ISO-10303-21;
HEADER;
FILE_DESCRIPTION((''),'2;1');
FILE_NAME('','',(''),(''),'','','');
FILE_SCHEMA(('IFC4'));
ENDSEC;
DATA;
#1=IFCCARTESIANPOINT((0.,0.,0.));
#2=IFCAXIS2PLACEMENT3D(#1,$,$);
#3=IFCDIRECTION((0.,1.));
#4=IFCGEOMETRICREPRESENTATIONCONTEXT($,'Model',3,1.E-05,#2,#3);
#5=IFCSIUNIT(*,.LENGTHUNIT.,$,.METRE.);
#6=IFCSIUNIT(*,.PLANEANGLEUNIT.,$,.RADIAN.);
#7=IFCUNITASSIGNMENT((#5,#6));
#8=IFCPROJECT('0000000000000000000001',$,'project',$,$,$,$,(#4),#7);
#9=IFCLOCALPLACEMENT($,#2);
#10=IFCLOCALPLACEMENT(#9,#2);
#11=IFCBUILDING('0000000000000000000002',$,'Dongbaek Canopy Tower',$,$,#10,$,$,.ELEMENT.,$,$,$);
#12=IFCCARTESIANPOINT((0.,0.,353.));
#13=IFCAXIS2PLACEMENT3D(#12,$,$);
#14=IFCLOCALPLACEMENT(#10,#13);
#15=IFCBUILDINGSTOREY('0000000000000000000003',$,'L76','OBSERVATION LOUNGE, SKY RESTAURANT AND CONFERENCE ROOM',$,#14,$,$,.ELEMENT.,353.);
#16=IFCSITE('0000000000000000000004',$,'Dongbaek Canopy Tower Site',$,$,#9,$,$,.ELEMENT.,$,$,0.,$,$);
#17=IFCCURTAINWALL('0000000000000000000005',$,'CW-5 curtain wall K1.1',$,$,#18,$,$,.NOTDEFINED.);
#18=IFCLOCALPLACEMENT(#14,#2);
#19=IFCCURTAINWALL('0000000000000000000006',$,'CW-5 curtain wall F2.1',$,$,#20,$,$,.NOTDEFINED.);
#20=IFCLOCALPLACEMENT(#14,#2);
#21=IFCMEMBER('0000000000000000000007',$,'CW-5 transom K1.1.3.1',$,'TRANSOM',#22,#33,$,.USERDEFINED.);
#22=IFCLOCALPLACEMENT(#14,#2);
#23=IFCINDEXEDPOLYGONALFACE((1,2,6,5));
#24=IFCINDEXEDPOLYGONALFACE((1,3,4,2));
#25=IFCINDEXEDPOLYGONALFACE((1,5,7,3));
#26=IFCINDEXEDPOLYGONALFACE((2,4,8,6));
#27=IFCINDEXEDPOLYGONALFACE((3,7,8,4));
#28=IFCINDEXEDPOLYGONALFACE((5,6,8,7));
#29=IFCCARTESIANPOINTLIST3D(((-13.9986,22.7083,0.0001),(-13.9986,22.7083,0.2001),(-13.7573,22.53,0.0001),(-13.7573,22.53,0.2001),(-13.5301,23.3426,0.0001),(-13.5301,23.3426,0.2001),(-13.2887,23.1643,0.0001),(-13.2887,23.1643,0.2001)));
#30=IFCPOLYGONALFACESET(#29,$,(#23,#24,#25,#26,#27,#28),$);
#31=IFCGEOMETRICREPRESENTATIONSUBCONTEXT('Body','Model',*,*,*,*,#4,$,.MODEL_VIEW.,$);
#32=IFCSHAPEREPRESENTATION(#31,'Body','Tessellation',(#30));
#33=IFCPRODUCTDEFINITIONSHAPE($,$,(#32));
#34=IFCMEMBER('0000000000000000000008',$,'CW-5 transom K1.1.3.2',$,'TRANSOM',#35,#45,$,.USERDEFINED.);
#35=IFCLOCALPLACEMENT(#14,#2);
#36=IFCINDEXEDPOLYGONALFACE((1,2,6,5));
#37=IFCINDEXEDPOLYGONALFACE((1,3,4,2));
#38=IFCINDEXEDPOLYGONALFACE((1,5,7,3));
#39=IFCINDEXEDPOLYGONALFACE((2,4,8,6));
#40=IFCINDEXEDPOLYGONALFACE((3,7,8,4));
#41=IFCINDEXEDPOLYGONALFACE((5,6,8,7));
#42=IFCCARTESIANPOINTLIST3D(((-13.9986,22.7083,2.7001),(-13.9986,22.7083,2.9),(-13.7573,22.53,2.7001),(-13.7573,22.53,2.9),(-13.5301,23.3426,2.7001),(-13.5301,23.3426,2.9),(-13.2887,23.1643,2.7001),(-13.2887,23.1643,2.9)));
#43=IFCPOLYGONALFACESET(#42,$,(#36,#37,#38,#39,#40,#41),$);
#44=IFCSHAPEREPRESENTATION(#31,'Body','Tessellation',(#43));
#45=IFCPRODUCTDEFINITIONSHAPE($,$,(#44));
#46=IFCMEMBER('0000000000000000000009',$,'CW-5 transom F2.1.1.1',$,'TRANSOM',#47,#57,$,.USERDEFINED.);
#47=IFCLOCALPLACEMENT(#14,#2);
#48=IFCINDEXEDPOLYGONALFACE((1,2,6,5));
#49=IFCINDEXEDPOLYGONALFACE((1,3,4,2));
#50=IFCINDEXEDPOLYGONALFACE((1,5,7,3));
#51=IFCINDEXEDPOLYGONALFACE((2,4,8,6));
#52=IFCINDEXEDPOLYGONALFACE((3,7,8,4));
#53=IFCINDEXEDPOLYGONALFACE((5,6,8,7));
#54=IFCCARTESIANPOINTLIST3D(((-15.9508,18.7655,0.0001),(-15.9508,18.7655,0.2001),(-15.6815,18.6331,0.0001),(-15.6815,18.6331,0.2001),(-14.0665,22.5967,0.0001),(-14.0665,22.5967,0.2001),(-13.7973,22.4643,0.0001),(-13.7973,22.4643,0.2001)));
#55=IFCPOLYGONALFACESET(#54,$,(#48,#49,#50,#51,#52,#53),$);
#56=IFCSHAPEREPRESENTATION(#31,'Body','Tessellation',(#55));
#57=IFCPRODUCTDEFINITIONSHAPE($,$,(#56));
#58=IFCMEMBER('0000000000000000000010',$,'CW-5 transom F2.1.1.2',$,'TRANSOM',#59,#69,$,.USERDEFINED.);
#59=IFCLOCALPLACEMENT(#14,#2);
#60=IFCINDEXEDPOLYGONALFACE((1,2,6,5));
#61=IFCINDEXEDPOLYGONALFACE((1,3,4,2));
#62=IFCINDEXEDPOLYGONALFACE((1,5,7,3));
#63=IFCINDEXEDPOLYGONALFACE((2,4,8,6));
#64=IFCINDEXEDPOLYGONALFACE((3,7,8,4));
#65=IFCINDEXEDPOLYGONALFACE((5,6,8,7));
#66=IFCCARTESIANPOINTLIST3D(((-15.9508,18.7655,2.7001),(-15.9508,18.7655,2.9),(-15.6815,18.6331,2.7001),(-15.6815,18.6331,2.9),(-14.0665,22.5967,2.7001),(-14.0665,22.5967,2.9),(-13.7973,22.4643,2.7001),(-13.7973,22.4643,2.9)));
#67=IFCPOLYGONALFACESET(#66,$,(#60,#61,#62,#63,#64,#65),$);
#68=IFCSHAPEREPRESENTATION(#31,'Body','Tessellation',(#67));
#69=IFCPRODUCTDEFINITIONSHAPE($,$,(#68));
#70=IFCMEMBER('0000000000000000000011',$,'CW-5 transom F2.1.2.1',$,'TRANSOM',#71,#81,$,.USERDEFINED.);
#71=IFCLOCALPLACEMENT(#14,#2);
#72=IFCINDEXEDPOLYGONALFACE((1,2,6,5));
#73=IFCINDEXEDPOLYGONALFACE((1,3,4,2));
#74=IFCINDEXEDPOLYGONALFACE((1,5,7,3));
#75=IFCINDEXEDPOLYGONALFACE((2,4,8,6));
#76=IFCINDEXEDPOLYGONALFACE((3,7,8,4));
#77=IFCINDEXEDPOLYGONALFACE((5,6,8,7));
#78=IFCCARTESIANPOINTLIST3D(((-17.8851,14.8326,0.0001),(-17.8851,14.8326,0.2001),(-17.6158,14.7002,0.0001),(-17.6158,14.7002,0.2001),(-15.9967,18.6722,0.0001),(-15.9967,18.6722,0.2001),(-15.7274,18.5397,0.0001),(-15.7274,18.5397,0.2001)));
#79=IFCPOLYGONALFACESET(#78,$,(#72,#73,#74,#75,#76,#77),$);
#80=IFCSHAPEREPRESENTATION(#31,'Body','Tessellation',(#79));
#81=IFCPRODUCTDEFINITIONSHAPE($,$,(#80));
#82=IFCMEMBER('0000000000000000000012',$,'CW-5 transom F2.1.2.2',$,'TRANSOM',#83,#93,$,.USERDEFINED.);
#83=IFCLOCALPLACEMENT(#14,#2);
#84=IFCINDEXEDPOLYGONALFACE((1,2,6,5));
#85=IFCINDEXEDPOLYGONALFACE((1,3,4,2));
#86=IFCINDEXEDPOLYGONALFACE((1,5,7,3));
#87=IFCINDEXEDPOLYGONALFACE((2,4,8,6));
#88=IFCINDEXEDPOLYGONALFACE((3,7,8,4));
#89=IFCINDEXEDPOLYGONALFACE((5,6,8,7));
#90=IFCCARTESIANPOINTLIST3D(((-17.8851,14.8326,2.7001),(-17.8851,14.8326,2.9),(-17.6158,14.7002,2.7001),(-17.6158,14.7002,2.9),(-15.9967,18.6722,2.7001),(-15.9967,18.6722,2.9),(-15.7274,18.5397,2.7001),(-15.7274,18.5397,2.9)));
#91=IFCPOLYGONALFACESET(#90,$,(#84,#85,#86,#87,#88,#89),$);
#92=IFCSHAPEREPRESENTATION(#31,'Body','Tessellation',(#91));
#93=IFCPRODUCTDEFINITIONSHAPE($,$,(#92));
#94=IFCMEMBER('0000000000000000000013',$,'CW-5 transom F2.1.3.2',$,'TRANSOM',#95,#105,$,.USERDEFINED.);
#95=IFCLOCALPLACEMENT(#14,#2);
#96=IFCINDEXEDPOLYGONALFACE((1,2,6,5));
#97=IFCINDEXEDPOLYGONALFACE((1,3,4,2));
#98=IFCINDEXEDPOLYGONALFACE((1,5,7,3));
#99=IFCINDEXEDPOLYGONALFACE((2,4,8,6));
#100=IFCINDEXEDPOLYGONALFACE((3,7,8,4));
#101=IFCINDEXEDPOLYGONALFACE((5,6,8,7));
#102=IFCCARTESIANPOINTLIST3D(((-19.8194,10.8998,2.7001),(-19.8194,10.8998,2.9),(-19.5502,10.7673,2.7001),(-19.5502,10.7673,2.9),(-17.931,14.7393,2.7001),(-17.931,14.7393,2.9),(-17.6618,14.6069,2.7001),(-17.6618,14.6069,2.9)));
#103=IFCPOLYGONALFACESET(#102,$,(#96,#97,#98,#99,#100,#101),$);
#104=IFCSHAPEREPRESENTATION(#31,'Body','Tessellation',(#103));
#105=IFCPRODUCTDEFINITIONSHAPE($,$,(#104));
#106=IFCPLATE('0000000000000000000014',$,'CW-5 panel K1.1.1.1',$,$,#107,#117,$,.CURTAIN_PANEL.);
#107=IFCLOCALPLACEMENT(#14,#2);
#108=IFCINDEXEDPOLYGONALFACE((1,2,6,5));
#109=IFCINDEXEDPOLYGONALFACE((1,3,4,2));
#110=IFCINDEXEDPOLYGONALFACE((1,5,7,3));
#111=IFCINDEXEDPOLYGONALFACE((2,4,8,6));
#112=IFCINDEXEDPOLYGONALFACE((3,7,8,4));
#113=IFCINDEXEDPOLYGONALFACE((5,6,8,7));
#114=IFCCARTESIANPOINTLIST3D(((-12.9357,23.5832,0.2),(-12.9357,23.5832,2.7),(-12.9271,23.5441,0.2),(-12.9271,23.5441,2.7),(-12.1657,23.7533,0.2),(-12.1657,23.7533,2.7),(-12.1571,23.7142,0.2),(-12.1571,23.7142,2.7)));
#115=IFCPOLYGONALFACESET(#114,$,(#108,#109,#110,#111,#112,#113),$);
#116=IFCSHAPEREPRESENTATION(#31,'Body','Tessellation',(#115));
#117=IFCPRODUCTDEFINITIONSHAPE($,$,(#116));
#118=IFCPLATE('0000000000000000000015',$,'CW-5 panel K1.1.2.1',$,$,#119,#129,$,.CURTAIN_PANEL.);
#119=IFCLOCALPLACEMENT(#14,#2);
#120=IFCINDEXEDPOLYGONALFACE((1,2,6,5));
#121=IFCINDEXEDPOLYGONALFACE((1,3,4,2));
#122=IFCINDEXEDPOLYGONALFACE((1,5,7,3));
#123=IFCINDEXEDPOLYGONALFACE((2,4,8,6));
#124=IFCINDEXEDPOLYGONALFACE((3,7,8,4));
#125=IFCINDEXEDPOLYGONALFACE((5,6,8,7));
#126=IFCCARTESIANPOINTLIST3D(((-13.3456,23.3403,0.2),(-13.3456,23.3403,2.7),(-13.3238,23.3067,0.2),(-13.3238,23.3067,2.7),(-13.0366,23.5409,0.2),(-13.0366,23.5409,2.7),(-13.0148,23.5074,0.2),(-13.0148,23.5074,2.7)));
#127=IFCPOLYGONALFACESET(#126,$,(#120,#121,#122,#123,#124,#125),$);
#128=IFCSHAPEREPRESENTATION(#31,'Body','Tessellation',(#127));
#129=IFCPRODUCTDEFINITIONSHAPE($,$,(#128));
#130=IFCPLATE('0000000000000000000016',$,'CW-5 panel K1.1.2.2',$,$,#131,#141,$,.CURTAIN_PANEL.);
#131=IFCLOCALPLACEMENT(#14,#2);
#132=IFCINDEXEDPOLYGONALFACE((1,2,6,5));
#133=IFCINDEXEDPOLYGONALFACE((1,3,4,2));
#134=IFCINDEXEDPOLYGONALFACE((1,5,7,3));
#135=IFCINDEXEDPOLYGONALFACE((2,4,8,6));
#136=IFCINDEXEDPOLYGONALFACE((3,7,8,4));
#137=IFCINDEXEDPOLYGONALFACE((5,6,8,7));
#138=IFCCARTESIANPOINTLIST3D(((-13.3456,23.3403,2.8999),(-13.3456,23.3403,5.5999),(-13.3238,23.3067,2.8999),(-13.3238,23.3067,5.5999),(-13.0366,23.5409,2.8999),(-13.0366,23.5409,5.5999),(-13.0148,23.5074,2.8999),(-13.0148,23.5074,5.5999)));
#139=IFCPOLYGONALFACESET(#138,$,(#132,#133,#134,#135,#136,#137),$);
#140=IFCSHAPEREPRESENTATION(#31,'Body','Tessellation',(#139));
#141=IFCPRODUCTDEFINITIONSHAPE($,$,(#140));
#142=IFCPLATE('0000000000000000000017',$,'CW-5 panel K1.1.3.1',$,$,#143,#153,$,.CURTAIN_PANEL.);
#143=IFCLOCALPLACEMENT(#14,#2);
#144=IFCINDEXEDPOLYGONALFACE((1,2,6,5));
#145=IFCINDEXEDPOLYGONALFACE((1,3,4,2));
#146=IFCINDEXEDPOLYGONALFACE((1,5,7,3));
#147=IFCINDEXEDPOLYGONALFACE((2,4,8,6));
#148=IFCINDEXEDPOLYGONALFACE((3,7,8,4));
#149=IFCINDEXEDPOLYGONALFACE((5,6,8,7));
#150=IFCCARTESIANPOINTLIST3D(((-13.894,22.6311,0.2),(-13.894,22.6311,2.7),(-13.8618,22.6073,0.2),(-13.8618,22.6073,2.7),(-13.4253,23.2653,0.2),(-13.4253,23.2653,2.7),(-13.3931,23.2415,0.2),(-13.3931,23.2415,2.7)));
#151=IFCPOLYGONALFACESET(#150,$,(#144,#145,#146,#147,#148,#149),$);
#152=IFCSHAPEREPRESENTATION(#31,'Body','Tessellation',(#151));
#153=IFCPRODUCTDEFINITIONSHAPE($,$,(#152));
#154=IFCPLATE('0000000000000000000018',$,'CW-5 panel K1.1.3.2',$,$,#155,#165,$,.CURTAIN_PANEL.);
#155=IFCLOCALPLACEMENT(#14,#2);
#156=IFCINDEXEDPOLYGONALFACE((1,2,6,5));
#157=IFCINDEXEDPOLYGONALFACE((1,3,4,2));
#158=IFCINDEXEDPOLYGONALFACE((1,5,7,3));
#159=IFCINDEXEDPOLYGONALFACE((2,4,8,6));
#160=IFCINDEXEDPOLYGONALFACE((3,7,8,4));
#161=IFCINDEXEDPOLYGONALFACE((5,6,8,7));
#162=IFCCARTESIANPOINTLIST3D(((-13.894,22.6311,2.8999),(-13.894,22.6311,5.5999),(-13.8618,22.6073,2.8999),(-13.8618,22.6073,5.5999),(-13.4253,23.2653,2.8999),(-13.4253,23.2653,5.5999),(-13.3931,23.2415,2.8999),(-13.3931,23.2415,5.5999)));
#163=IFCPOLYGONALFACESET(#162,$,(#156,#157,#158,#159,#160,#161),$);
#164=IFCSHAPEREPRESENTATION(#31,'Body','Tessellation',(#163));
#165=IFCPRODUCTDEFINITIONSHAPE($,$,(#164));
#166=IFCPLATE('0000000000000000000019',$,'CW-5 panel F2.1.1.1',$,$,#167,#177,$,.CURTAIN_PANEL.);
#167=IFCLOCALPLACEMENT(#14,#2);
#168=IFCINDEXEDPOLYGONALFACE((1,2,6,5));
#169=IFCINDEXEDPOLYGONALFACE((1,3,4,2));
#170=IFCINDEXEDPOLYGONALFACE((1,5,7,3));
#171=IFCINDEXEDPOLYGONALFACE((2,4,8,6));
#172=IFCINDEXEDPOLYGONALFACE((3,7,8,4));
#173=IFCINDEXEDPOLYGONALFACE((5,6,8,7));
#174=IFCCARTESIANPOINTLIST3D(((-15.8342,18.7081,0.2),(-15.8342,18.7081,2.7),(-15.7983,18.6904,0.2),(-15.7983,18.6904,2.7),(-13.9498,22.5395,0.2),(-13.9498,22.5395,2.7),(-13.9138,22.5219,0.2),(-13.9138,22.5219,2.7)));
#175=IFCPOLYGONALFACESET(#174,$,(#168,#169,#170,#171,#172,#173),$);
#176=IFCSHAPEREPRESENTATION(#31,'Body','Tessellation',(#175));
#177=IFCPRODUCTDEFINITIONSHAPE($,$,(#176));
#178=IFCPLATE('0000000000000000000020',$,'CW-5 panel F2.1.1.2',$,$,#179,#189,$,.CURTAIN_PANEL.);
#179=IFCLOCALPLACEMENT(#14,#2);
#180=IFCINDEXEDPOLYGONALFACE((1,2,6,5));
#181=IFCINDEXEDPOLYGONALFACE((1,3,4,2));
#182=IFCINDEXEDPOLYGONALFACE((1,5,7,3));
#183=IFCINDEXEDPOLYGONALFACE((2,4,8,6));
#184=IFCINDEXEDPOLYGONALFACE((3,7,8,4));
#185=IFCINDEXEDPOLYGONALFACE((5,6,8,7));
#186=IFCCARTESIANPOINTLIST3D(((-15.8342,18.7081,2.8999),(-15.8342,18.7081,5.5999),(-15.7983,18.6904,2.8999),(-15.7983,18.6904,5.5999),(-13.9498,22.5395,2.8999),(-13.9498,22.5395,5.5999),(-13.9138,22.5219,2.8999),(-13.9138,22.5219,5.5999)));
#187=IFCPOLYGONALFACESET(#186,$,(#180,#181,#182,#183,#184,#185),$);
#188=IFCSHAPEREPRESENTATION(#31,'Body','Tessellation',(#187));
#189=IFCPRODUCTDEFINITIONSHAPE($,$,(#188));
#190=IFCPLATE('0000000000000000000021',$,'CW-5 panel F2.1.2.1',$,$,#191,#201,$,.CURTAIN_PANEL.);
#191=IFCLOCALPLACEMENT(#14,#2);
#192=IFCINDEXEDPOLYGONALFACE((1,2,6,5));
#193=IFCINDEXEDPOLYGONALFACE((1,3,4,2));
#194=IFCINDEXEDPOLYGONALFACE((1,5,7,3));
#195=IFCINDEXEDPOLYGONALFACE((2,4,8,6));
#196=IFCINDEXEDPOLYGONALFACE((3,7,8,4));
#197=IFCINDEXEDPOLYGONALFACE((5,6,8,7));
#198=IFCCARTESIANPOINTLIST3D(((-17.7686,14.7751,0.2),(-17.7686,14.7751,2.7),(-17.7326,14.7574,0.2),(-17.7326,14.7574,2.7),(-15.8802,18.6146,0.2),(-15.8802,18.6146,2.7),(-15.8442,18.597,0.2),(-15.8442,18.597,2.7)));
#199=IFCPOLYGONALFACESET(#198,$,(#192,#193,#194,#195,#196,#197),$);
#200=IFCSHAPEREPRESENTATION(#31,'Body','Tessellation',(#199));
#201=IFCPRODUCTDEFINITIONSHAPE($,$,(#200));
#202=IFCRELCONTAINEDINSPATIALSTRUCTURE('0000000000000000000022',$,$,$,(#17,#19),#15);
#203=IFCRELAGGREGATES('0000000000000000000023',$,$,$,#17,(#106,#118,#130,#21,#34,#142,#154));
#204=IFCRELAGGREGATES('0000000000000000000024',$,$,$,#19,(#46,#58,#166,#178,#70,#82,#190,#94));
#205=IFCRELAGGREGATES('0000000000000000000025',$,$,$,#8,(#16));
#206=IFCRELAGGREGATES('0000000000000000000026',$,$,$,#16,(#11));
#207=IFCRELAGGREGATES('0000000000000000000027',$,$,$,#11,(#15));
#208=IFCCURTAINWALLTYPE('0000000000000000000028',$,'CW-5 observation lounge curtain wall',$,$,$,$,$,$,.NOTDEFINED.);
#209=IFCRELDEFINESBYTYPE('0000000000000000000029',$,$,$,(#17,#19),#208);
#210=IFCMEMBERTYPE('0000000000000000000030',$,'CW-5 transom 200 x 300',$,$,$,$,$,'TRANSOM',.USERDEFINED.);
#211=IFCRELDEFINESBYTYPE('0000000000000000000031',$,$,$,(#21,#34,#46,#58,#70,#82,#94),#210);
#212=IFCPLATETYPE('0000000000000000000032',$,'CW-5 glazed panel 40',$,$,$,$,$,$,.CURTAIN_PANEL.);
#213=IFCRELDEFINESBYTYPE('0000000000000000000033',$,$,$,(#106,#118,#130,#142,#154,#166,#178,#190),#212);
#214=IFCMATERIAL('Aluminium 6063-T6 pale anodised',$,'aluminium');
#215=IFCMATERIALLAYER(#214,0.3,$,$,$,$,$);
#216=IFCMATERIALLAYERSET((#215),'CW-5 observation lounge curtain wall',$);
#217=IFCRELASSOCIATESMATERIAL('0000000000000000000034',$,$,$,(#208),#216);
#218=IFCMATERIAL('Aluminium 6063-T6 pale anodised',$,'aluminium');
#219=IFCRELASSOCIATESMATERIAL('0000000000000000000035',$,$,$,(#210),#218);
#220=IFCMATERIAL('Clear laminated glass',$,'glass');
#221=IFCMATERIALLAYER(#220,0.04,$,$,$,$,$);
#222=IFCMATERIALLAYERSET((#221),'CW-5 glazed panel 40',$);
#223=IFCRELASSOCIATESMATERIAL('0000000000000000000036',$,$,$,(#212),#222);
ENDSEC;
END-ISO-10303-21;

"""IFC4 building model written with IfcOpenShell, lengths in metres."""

from ifc_helpers import new_model, si_unit, direction, frame, origin, origin_2d, place, context, subcontext, project, spatial, rectangle, extrude, material, layer, layer_set, material_profile, profile_set, type_object, element, aggregate, save


model = new_model("IFC4")

# Units and contexts
model_context = context("Model", 3, precision=1e-05, world=origin(), true_north=direction((0.0, 1.0)))
body_context = subcontext(model_context, "Body", "Model", "MODEL_VIEW")
ifc_project = project(units=[si_unit("LENGTHUNIT", "METRE"), si_unit("PLANEANGLEUNIT", "RADIAN")], contexts=[model_context])

# Site, building, storey
site_placement = place(None, origin())
site = spatial("IfcSite", under=ifc_project, at=site_placement, Name="Dongbaek Canopy Tower Site", CompositionType="ELEMENT", RefElevation=0.0)
building_placement = place(site_placement, origin())
building = spatial("IfcBuilding", under=site, at=building_placement, Name="Dongbaek Canopy Tower", CompositionType="ELEMENT")
storey_placement = place(building_placement, frame((0.0, 0.0, 353.0)))
storey = spatial("IfcBuildingStorey", under=building, at=storey_placement, Name="L76", Description="OBSERVATION LOUNGE, SKY RESTAURANT AND CONFERENCE ROOM", CompositionType="ELEMENT", Elevation=353.0)

# Curtain walls
ifc_material_1 = material(Name="Aluminium 6063-T6 pale anodised", Category="aluminium")
ifc_layer_1 = layer(ifc_material_1, 0.3)
ifc_layer_set_1 = layer_set([ifc_layer_1], Name="CW-5 observation lounge curtain wall")
curtain_wall_type = type_object("IfcCurtainWallType", Name="CW-5 observation lounge curtain wall", PredefinedType="NOTDEFINED", material=ifc_layer_set_1)
curtain_wall_1_placement = place(storey_placement, origin())
curtain_wall_1 = element("IfcCurtainWall", 1, at=curtain_wall_1_placement, inside=storey, type_object=curtain_wall_type, Name="CW-5 curtain wall K1.1", PredefinedType="NOTDEFINED")
curtain_wall_2_placement = place(storey_placement, origin())
curtain_wall_2 = element("IfcCurtainWall", 2, at=curtain_wall_2_placement, inside=storey, type_object=curtain_wall_type, Name="CW-5 curtain wall F2.1", PredefinedType="NOTDEFINED")

# Members
ifc_material_2 = material(Name="Aluminium 6063-T6 pale anodised", Category="aluminium")
ifc_material_profile_1 = material_profile(ifc_material_2, rectangle(XDim=0.3, YDim=0.2, at=origin_2d()), Name="CW-5 transom 200 x 300")
ifc_profile_set_1 = profile_set([ifc_material_profile_1], Name="Aluminium 6063-T6 pale anodised")
member_type_1 = type_object("IfcMemberType", Name="CW-5 transom 200 x 300", ElementType="TRANSOM", PredefinedType="USERDEFINED", material=ifc_profile_set_1)
member_1_placement = place(storey_placement, frame((-13.4094, 23.2534, 0.1001), z_axis=(-0.594139, -0.804363, 0.0), x_axis=(0.804363, -0.594139, 0.0)))
member_1 = element("IfcMember", 3, at=member_1_placement, type_object=member_type_1, Name="CW-5 transom K1.1.3.1", ObjectType="TRANSOM", PredefinedType="USERDEFINED", context=body_context, shape_type="SweptSolid", body=[
    extrude(rectangle(XDim=0.3, YDim=0.2, at=origin_2d()), origin(), (0.0, 0.0, 1.0), 0.7886),
])
member_2_placement = place(storey_placement, frame((-13.4094, 23.2534, 2.8), z_axis=(-0.594139, -0.804363, 0.0), x_axis=(0.804363, -0.594139, 0.0)))
member_2 = element("IfcMember", 4, at=member_2_placement, type_object=member_type_1, Name="CW-5 transom K1.1.3.2", ObjectType="TRANSOM", PredefinedType="USERDEFINED", context=body_context, shape_type="SweptSolid", body=[
    extrude(rectangle(XDim=0.3, YDim=0.2, at=origin_2d()), origin(), (0.0, 0.0, 1.0), 0.7886),
])
member_3_placement = place(storey_placement, frame((-13.9319, 22.5305, 0.1001), z_axis=(-0.441326, -0.897347, 0.0), x_axis=(0.897347, -0.441326, 0.0)))
member_3 = element("IfcMember", 5, at=member_3_placement, type_object=member_type_1, Name="CW-5 transom F2.1.1.1", ObjectType="TRANSOM", PredefinedType="USERDEFINED", context=body_context, shape_type="SweptSolid", body=[
    extrude(rectangle(XDim=0.3, YDim=0.2, at=origin_2d()), origin(), (0.0, 0.0, 1.0), 4.2695),
])
member_4_placement = place(storey_placement, frame((-13.9319, 22.5305, 2.8), z_axis=(-0.441326, -0.897347, 0.0), x_axis=(0.897347, -0.441326, 0.0)))
member_4 = element("IfcMember", 6, at=member_4_placement, type_object=member_type_1, Name="CW-5 transom F2.1.1.2", ObjectType="TRANSOM", PredefinedType="USERDEFINED", context=body_context, shape_type="SweptSolid", body=[
    extrude(rectangle(XDim=0.3, YDim=0.2, at=origin_2d()), origin(), (0.0, 0.0, 1.0), 4.2695),
])
member_5_placement = place(storey_placement, frame((-15.8621, 18.606, 0.1001), z_axis=(-0.441338, -0.897341, 0.0), x_axis=(0.897341, -0.441338, 0.0)))
member_5 = element("IfcMember", 7, at=member_5_placement, type_object=member_type_1, Name="CW-5 transom F2.1.2.1", ObjectType="TRANSOM", PredefinedType="USERDEFINED", context=body_context, shape_type="SweptSolid", body=[
    extrude(rectangle(XDim=0.3, YDim=0.2, at=origin_2d()), origin(), (0.0, 0.0, 1.0), 4.2788),
])
member_6_placement = place(storey_placement, frame((-15.8621, 18.606, 2.8), z_axis=(-0.441338, -0.897341, 0.0), x_axis=(0.897341, -0.441338, 0.0)))
member_6 = element("IfcMember", 8, at=member_6_placement, type_object=member_type_1, Name="CW-5 transom F2.1.2.2", ObjectType="TRANSOM", PredefinedType="USERDEFINED", context=body_context, shape_type="SweptSolid", body=[
    extrude(rectangle(XDim=0.3, YDim=0.2, at=origin_2d()), origin(), (0.0, 0.0, 1.0), 4.2788),
])
member_7_placement = place(storey_placement, frame((-17.7964, 14.6731, 2.8), z_axis=(-0.441338, -0.897341, 0.0), x_axis=(0.897341, -0.441338, 0.0)))
member_7 = element("IfcMember", 9, at=member_7_placement, type_object=member_type_1, Name="CW-5 transom F2.1.3.2", ObjectType="TRANSOM", PredefinedType="USERDEFINED", context=body_context, shape_type="SweptSolid", body=[
    extrude(rectangle(XDim=0.3, YDim=0.2, at=origin_2d()), origin(), (0.0, 0.0, 1.0), 4.2788),
])

# Plates
ifc_material_3 = material(Name="Clear laminated glass", Category="glass")
ifc_layer_2 = layer(ifc_material_3, 0.04)
ifc_layer_set_2 = layer_set([ifc_layer_2], Name="CW-5 glazed panel 40")
plate_type = type_object("IfcPlateType", Name="CW-5 glazed panel 40", PredefinedType="CURTAIN_PANEL", material=ifc_layer_set_2)
plate_1_placement = place(storey_placement, frame((-12.5464, 23.6487, 0.2), z_axis=(0.0, 0.0, 1.0), x_axis=(-0.976443, -0.215775, 0.0)))
plate_1 = element("IfcPlate", 10, at=plate_1_placement, type_object=plate_type, Name="CW-5 panel K1.1.1.1", PredefinedType="CURTAIN_PANEL", context=body_context, shape_type="SweptSolid", body=[
    extrude(rectangle(XDim=0.7886, YDim=0.04, at=origin_2d()), origin(), (0.0, 0.0, 1.0), 2.5),
])
plate_2_placement = place(storey_placement, frame((-13.1802, 23.4238, 0.2), z_axis=(0.0, 0.0, 1.0), x_axis=(-0.838664, -0.54465, 0.0)))
plate_2 = element("IfcPlate", 11, at=plate_2_placement, type_object=plate_type, Name="CW-5 panel K1.1.2.1", PredefinedType="CURTAIN_PANEL", context=body_context, shape_type="SweptSolid", body=[
    extrude(rectangle(XDim=0.3684, YDim=0.04, at=origin_2d()), origin(), (0.0, 0.0, 1.0), 2.5),
])
plate_3_placement = place(storey_placement, frame((-13.1802, 23.4238, 2.8999), z_axis=(0.0, 0.0, 1.0), x_axis=(-0.838664, -0.54465, 0.0)))
plate_3 = element("IfcPlate", 12, at=plate_3_placement, type_object=plate_type, Name="CW-5 panel K1.1.2.2", PredefinedType="CURTAIN_PANEL", context=body_context, shape_type="SweptSolid", body=[
    extrude(rectangle(XDim=0.3684, YDim=0.04, at=origin_2d()), origin(), (0.0, 0.0, 1.0), 2.7),
])
plate_4_placement = place(storey_placement, frame((-13.6436, 22.9363, 0.2), z_axis=(0.0, 0.0, 1.0), x_axis=(-0.594253, -0.804278, 0.0)))
plate_4 = element("IfcPlate", 13, at=plate_4_placement, type_object=plate_type, Name="CW-5 panel K1.1.3.1", PredefinedType="CURTAIN_PANEL", context=body_context, shape_type="SweptSolid", body=[
    extrude(rectangle(XDim=0.7886, YDim=0.04, at=origin_2d()), origin(), (0.0, 0.0, 1.0), 2.5),
])
plate_5_placement = place(storey_placement, frame((-13.6436, 22.9363, 2.8999), z_axis=(0.0, 0.0, 1.0), x_axis=(-0.594253, -0.804278, 0.0)))
plate_5 = element("IfcPlate", 14, at=plate_5_placement, type_object=plate_type, Name="CW-5 panel K1.1.3.2", PredefinedType="CURTAIN_PANEL", context=body_context, shape_type="SweptSolid", body=[
    extrude(rectangle(XDim=0.7886, YDim=0.04, at=origin_2d()), origin(), (0.0, 0.0, 1.0), 2.7),
])
aggregate(curtain_wall_1, [plate_1, plate_2, plate_3, member_1, member_2, plate_4, plate_5])
plate_6_placement = place(storey_placement, frame((-14.874, 20.615, 0.2), z_axis=(0.0, 0.0, 1.0), x_axis=(-0.441342, -0.897339, 0.0)))
plate_6 = element("IfcPlate", 15, at=plate_6_placement, type_object=plate_type, Name="CW-5 panel F2.1.1.1", PredefinedType="CURTAIN_PANEL", context=body_context, shape_type="SweptSolid", body=[
    extrude(rectangle(XDim=4.2698, YDim=0.04, at=origin_2d()), origin(), (0.0, 0.0, 1.0), 2.5),
])
plate_7_placement = place(storey_placement, frame((-14.874, 20.615, 2.8999), z_axis=(0.0, 0.0, 1.0), x_axis=(-0.441342, -0.897339, 0.0)))
plate_7 = element("IfcPlate", 16, at=plate_7_placement, type_object=plate_type, Name="CW-5 panel F2.1.1.2", PredefinedType="CURTAIN_PANEL", context=body_context, shape_type="SweptSolid", body=[
    extrude(rectangle(XDim=4.2698, YDim=0.04, at=origin_2d()), origin(), (0.0, 0.0, 1.0), 2.7),
])
plate_8_placement = place(storey_placement, frame((-16.8064, 16.686, 0.2), z_axis=(0.0, 0.0, 1.0), x_axis=(-0.441342, -0.897339, 0.0)))
plate_8 = element("IfcPlate", 17, at=plate_8_placement, type_object=plate_type, Name="CW-5 panel F2.1.2.1", PredefinedType="CURTAIN_PANEL", context=body_context, shape_type="SweptSolid", body=[
    extrude(rectangle(XDim=4.2788, YDim=0.04, at=origin_2d()), origin(), (0.0, 0.0, 1.0), 2.5),
])
aggregate(curtain_wall_2, [member_3, member_4, plate_6, plate_7, member_5, member_6, plate_8, member_7])

save(model, "model.ifc")
